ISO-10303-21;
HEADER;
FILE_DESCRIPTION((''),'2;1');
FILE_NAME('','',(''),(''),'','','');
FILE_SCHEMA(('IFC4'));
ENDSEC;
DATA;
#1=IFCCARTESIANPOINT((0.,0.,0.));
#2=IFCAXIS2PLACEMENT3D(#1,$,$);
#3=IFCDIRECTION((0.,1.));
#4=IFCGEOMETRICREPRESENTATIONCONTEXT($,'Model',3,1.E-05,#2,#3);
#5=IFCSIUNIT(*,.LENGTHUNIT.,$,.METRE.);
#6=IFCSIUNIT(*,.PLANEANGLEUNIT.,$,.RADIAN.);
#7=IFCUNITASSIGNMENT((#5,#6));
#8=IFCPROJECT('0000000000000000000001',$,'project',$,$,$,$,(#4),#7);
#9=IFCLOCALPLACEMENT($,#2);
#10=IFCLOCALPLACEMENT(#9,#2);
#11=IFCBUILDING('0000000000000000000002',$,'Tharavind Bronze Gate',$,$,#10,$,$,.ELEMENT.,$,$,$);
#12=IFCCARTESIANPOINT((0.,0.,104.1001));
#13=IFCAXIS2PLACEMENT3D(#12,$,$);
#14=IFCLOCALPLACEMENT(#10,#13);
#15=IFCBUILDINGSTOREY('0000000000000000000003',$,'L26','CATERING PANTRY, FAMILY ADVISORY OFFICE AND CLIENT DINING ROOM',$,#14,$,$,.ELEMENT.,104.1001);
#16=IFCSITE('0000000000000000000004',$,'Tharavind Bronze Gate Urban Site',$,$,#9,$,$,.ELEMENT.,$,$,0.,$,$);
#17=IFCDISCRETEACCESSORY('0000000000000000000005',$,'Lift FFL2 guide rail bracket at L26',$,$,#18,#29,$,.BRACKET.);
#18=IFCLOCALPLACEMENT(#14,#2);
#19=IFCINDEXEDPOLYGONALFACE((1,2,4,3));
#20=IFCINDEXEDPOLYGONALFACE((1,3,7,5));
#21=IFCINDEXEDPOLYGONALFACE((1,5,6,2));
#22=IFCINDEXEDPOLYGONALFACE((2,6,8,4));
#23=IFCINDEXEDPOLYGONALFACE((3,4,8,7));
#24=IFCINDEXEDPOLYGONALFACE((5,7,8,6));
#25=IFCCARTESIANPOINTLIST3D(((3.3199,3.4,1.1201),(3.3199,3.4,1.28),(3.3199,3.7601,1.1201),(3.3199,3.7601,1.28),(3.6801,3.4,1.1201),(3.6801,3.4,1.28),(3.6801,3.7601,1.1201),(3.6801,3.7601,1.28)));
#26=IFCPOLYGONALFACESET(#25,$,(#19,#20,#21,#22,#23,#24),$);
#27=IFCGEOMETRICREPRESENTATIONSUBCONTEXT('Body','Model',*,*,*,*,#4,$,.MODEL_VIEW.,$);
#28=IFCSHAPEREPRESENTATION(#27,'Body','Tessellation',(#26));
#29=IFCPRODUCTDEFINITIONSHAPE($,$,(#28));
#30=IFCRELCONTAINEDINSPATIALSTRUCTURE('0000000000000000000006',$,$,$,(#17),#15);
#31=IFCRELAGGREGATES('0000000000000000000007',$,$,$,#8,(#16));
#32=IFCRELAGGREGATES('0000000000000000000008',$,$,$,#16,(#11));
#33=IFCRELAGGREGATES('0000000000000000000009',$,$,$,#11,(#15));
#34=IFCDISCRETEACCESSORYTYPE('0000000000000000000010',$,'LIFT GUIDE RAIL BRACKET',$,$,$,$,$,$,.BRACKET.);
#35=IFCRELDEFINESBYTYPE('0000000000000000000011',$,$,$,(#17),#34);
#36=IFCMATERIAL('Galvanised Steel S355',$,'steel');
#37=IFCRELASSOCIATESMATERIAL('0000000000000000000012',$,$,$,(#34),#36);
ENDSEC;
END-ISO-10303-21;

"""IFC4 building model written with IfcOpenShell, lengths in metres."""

from ifc_helpers import new_model, si_unit, direction, frame, origin, origin_2d, place, context, subcontext, project, spatial, rectangle, extrude, material, type_object, element, save


model = new_model("IFC4")

# Units and contexts
model_context = context("Model", 3, precision=1e-05, world=origin(), true_north=direction((0.0, 1.0)))
body_context = subcontext(model_context, "Body", "Model", "MODEL_VIEW")
ifc_project = project(units=[si_unit("LENGTHUNIT", "METRE"), si_unit("PLANEANGLEUNIT", "RADIAN")], contexts=[model_context])

# Site, building, storey
site_placement = place(None, origin())
site = spatial("IfcSite", under=ifc_project, at=site_placement, Name="Tharavind Bronze Gate Urban Site", CompositionType="ELEMENT", RefElevation=0.0)
building_placement = place(site_placement, origin())
building = spatial("IfcBuilding", under=site, at=building_placement, Name="Tharavind Bronze Gate", CompositionType="ELEMENT")
storey_placement = place(building_placement, frame((0.0, 0.0, 104.1001)))
storey = spatial("IfcBuildingStorey", under=building, at=storey_placement, Name="L26", Description="CATERING PANTRY, FAMILY ADVISORY OFFICE AND CLIENT DINING ROOM", CompositionType="ELEMENT", Elevation=104.1001)

# Discrete accessory
ifc_material_1 = material(Name="Galvanised Steel S355", Category="steel")
discrete_accessory_type = type_object("IfcDiscreteAccessoryType", Name="LIFT GUIDE RAIL BRACKET", PredefinedType="BRACKET", material=ifc_material_1)
discrete_accessory_placement = place(storey_placement, frame((3.5, 3.5801, 1.1201), z_axis=(0.0, 0.0, 1.0), x_axis=(1.0, 0.0, 0.0)))
element("IfcDiscreteAccessory", 1, at=discrete_accessory_placement, inside=storey, type_object=discrete_accessory_type, Name="Lift FFL2 guide rail bracket at L26", PredefinedType="BRACKET", context=body_context, shape_type="SweptSolid", body=[
    extrude(rectangle(XDim=0.3601, YDim=0.3601, at=origin_2d()), origin(), (0.0, 0.0, 1.0), 0.1599),
])

save(model, "model.ifc")
